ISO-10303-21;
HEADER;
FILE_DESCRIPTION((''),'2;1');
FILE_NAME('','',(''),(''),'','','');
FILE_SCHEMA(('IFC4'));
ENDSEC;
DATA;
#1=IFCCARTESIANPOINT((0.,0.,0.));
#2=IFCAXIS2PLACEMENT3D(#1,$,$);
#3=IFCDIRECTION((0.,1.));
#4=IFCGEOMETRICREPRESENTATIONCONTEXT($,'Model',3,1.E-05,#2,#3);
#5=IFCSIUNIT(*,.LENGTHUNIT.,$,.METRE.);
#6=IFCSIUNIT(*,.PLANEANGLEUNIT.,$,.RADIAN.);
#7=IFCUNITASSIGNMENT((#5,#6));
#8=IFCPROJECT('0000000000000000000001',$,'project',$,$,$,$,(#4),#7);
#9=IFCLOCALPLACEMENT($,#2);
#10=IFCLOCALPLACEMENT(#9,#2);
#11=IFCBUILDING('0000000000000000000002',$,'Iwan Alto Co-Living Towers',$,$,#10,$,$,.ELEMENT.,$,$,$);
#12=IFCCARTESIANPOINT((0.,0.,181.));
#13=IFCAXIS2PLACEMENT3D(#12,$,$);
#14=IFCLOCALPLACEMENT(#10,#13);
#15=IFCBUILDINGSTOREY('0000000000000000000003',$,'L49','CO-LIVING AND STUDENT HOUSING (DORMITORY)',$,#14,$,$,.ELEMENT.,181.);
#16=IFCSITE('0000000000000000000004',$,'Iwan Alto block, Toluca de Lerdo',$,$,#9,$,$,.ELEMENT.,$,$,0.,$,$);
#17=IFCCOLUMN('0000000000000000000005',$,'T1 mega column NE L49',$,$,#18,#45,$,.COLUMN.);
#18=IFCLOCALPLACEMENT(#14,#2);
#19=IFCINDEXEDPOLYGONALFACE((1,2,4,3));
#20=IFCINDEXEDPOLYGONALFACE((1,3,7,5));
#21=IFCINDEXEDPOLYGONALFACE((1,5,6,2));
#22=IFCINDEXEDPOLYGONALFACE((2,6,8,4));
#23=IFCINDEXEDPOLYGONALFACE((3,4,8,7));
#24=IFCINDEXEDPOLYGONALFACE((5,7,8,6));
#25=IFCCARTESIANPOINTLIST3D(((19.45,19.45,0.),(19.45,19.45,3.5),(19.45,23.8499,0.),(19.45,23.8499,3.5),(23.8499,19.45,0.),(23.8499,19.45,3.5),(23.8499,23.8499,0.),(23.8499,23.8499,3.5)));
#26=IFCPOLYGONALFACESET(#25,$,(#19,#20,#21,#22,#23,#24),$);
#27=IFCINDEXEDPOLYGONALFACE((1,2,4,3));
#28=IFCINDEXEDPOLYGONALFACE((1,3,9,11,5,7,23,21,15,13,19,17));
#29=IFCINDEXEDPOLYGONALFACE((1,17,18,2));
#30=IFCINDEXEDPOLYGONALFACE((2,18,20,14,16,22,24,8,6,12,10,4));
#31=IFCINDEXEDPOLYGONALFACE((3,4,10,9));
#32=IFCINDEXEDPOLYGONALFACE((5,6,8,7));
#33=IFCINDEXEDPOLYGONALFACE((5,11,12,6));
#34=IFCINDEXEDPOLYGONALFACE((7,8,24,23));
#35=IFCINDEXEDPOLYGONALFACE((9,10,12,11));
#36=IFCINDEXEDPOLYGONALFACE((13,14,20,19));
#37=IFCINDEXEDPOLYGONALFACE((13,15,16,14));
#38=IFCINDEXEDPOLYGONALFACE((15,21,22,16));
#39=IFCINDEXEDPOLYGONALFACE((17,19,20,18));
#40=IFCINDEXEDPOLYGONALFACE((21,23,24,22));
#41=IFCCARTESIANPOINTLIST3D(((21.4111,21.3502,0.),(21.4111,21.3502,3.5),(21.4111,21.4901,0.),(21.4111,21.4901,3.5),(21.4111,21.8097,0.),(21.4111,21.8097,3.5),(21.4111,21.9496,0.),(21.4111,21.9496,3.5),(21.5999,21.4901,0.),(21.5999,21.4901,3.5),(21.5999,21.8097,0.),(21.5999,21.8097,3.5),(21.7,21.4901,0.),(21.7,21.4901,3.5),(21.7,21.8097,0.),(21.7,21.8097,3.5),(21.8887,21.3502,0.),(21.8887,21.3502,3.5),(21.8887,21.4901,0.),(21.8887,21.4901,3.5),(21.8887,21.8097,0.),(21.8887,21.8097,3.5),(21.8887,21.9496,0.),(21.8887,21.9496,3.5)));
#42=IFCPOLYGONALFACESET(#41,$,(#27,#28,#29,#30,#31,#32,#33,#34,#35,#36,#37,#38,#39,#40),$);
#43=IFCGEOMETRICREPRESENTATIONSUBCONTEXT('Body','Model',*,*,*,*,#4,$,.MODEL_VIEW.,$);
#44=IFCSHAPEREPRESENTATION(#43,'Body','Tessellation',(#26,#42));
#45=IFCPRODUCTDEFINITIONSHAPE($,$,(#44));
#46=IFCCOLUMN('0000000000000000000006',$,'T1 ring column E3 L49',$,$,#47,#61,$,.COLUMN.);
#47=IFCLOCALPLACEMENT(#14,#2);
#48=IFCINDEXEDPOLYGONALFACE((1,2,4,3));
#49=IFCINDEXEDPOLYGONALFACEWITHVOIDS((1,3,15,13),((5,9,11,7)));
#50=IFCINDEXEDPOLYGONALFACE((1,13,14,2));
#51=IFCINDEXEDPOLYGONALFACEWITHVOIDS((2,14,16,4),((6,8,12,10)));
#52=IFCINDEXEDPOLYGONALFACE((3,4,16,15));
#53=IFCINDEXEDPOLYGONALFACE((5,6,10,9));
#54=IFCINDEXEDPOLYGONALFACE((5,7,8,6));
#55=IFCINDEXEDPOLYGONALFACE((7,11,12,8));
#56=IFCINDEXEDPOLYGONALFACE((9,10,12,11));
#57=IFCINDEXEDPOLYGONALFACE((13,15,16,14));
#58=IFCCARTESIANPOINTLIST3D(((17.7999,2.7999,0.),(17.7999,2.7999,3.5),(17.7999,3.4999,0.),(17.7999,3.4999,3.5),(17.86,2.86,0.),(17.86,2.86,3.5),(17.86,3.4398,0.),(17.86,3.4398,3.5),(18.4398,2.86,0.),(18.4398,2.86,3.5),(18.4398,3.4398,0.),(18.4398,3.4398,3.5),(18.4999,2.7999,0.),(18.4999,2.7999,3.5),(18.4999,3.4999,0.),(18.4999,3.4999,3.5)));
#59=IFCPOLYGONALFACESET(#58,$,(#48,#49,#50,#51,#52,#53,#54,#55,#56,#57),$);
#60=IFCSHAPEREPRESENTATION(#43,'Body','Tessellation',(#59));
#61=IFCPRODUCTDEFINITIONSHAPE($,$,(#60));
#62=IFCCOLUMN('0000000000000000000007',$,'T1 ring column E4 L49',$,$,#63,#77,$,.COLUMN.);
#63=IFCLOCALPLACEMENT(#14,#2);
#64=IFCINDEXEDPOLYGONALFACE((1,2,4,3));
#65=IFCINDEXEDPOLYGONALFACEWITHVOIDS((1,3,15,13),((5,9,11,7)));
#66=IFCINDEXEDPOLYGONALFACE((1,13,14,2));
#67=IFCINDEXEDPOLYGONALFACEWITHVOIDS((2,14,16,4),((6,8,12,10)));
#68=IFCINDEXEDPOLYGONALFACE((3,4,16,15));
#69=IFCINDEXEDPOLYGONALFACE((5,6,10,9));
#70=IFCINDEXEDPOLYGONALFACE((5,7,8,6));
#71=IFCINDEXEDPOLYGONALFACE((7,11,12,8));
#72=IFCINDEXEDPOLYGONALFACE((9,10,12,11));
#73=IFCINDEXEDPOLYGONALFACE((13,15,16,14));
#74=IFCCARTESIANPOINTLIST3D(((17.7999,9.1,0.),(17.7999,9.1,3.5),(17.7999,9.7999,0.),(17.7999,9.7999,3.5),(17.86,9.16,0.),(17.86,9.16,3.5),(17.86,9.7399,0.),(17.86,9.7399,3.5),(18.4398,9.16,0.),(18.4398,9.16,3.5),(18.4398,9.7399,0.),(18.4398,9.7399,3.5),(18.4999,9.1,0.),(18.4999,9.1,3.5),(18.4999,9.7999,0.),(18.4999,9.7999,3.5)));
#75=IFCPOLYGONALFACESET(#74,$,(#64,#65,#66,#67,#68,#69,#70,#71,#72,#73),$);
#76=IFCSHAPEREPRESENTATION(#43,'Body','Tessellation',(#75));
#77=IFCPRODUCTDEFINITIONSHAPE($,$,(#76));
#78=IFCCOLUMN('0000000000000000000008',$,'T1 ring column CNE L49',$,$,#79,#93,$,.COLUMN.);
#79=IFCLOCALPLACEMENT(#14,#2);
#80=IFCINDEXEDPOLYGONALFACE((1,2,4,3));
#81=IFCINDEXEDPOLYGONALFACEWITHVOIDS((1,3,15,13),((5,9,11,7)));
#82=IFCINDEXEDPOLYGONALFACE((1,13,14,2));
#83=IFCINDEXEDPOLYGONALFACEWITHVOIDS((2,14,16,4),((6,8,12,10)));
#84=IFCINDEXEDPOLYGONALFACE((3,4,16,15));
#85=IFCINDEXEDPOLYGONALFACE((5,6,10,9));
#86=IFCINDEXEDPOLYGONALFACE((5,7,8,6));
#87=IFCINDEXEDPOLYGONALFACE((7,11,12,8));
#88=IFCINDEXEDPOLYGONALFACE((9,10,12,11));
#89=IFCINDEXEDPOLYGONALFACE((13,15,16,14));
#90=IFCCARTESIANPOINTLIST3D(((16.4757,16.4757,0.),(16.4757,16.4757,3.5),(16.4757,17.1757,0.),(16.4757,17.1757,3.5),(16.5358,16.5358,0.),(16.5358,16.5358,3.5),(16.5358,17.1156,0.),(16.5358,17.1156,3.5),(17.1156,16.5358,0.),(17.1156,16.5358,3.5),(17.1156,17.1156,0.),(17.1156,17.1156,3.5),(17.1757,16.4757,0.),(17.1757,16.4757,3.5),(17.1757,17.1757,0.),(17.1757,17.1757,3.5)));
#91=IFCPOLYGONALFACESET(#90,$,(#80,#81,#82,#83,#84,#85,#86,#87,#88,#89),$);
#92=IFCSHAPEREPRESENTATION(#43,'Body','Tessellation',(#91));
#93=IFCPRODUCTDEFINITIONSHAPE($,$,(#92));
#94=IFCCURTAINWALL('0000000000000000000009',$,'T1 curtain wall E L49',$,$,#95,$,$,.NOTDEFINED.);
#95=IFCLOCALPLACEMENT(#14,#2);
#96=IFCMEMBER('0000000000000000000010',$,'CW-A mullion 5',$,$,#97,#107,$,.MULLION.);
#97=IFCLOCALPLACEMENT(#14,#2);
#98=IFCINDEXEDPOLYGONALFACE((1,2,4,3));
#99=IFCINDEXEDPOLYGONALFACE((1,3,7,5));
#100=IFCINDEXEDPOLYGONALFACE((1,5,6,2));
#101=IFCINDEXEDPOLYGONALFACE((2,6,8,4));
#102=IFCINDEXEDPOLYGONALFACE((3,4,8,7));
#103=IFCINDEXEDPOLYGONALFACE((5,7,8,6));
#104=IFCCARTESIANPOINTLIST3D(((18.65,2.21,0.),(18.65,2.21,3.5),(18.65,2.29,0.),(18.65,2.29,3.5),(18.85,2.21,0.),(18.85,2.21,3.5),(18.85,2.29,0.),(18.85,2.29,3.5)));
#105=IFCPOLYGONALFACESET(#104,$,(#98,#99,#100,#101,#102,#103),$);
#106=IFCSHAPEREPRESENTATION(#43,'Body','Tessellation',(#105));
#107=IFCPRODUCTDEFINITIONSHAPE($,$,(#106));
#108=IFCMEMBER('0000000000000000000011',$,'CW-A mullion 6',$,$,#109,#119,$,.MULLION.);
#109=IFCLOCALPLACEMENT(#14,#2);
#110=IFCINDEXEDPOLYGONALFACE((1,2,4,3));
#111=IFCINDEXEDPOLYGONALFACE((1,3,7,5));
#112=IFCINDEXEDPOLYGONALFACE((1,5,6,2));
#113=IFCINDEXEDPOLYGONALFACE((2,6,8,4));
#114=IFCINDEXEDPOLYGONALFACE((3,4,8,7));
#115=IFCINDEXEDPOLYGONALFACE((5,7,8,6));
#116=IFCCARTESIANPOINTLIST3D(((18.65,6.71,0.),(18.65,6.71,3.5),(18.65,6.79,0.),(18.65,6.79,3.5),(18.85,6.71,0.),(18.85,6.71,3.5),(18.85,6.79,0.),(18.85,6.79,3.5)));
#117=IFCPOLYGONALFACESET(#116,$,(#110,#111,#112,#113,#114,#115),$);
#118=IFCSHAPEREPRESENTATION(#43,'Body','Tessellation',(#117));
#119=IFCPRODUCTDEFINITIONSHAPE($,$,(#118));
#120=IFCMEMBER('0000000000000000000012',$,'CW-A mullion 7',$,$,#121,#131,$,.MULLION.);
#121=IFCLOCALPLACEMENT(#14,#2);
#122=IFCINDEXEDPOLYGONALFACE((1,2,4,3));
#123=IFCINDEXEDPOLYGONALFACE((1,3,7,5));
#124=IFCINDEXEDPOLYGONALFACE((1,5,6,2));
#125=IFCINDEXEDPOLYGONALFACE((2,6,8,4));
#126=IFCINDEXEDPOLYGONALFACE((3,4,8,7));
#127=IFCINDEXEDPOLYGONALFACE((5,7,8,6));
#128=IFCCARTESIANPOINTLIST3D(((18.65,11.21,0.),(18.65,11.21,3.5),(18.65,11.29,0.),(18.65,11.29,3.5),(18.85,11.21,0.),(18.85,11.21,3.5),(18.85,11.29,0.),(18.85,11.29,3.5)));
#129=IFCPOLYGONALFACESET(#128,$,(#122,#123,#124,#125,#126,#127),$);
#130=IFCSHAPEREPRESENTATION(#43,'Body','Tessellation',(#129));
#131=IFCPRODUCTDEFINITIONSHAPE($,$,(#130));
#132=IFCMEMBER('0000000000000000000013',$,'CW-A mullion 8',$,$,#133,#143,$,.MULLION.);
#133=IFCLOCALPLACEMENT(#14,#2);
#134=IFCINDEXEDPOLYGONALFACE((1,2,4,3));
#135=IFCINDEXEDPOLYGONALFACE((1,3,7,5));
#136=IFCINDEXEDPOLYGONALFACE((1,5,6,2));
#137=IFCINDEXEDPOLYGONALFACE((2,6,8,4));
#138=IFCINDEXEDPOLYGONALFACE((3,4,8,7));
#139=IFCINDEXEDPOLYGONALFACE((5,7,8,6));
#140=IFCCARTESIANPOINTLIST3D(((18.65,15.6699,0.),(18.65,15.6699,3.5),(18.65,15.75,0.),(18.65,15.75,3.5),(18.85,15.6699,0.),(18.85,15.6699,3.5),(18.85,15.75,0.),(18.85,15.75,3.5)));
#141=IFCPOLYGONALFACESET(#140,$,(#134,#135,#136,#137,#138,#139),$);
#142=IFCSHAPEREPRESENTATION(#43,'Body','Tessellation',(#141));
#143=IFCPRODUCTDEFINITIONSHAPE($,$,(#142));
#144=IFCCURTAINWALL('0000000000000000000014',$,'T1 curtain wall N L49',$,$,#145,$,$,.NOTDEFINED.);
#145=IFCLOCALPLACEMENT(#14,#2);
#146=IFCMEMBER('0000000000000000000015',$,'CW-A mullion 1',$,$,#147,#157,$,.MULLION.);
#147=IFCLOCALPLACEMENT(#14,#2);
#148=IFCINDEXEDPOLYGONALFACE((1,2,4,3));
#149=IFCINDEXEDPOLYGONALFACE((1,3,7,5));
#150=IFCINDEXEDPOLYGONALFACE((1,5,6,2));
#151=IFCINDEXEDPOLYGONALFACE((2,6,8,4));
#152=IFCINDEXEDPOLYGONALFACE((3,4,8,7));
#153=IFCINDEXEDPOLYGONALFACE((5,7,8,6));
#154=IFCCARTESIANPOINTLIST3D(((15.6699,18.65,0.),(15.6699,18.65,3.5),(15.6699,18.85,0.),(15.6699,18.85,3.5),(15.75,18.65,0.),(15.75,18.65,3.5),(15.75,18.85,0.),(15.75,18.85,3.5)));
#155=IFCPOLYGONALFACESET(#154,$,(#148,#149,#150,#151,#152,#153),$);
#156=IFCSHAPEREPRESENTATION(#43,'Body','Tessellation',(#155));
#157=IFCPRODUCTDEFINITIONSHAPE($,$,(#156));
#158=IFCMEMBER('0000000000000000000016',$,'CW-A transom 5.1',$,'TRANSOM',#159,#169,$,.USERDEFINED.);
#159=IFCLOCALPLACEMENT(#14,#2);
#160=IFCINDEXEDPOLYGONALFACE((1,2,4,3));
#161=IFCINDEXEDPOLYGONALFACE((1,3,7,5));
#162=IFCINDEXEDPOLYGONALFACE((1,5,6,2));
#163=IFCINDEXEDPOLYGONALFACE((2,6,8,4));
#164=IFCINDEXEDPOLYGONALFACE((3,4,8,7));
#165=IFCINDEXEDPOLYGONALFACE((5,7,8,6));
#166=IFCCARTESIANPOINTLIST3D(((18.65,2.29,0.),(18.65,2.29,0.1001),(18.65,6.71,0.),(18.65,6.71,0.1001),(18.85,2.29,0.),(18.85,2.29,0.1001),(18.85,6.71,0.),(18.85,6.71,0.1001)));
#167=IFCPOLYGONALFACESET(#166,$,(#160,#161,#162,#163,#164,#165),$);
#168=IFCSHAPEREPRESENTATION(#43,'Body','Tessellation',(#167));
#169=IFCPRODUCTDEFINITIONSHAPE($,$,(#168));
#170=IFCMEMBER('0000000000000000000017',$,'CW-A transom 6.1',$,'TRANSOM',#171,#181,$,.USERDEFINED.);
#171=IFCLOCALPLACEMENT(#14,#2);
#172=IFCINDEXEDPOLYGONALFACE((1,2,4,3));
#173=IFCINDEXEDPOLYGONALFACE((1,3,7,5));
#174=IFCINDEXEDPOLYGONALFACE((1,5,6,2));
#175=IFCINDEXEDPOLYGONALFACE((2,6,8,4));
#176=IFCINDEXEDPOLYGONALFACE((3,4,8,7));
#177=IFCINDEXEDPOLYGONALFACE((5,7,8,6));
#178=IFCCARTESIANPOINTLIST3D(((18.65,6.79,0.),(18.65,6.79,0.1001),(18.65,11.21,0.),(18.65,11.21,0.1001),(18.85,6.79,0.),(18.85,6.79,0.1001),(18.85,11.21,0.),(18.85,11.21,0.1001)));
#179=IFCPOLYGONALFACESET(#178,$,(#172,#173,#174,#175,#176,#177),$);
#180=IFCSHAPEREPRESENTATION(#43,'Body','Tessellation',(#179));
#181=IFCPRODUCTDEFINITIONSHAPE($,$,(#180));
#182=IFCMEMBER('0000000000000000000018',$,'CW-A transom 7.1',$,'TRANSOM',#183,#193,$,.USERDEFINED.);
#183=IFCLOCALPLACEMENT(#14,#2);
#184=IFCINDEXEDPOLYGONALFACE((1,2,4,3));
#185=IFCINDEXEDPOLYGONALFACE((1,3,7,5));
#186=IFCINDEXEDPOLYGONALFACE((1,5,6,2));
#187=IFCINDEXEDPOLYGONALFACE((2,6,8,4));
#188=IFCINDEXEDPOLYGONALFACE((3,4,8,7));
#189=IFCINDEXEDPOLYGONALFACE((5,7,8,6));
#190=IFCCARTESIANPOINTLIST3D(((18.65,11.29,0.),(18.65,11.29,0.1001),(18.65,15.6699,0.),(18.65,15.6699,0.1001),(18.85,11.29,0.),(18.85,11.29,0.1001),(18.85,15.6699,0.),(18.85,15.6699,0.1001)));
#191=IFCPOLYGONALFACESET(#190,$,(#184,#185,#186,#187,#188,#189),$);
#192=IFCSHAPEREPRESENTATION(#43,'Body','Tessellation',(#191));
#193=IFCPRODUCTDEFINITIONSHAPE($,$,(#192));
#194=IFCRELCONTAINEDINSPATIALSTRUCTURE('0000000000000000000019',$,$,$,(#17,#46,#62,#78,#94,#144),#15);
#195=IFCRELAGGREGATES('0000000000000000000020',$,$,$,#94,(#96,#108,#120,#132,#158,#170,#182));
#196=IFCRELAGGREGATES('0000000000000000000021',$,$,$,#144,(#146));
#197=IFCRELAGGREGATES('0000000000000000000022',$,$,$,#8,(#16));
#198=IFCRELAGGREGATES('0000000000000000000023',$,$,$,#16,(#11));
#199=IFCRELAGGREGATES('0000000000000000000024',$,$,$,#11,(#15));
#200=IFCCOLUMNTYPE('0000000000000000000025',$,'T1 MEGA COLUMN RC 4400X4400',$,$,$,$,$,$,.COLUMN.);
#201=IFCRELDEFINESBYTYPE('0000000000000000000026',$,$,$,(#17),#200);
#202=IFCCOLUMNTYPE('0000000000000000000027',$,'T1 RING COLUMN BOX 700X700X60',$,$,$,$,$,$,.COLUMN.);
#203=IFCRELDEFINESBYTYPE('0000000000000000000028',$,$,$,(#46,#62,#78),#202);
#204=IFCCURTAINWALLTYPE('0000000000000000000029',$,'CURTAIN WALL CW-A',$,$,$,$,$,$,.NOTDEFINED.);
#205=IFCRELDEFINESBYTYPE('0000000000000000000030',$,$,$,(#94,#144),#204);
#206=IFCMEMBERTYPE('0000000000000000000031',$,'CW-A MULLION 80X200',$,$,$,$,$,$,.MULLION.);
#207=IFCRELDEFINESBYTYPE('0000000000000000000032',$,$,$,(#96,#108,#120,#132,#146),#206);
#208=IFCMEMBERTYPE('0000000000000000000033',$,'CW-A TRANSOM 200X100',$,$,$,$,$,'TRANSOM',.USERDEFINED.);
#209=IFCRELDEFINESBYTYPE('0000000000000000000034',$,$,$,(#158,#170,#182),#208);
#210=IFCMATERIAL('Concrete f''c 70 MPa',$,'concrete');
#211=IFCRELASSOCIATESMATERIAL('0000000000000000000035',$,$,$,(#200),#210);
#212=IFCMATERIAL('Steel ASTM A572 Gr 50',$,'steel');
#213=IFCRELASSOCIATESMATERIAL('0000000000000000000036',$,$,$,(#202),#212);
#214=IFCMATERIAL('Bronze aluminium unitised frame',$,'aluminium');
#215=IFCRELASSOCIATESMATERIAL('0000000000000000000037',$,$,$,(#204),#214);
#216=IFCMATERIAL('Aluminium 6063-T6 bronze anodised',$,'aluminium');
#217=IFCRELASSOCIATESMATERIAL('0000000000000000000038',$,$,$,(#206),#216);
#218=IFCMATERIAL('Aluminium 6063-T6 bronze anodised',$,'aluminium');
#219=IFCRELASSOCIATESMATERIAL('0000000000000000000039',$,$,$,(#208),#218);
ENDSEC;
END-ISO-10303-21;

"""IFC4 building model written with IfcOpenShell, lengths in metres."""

from ifc_helpers import new_model, si_unit, direction, frame, origin, origin_2d, place, context, subcontext, project, spatial, rectangle, hollow_rectangle, i_section, extrude, material, material_profile, profile_set, type_object, element, aggregate, save


model = new_model("IFC4")

# Units and contexts
model_context = context("Model", 3, precision=1e-05, world=origin(), true_north=direction((0.0, 1.0)))
body_context = subcontext(model_context, "Body", "Model", "MODEL_VIEW")
ifc_project = project(units=[si_unit("LENGTHUNIT", "METRE"), si_unit("PLANEANGLEUNIT", "RADIAN")], contexts=[model_context])

# Site, building, storey
site_placement = place(None, origin())
site = spatial("IfcSite", under=ifc_project, at=site_placement, Name="Iwan Alto block, Toluca de Lerdo", CompositionType="ELEMENT", RefElevation=0.0)
building_placement = place(site_placement, origin())
building = spatial("IfcBuilding", under=site, at=building_placement, Name="Iwan Alto Co-Living Towers", CompositionType="ELEMENT")
storey_placement = place(building_placement, frame((0.0, 0.0, 181.0)))
storey = spatial("IfcBuildingStorey", under=building, at=storey_placement, Name="L49", Description="CO-LIVING AND STUDENT HOUSING (DORMITORY)", CompositionType="ELEMENT", Elevation=181.0)

# Columns
ifc_material_1 = material(Name="Concrete f'c 70 MPa", Category="concrete")
ifc_material_profile_1 = material_profile(ifc_material_1, rectangle(XDim=4.3999, YDim=4.3999, at=origin_2d()), Name="RC 4400X4400")
ifc_profile_set_1 = profile_set([ifc_material_profile_1], Name="Concrete f'c 70 MPa")
column_type_1 = type_object("IfcColumnType", Name="T1 MEGA COLUMN RC 4400X4400", PredefinedType="COLUMN", material=ifc_profile_set_1)
column_placement = place(storey_placement, frame((21.6499, 21.6499, 0.0), z_axis=(0.0, 0.0, 1.0), x_axis=(1.0, 0.0, 0.0)))
element("IfcColumn", 1, at=column_placement, inside=storey, type_object=column_type_1, Name="T1 mega column NE L49", PredefinedType="COLUMN", context=body_context, shape_type="SweptSolid", body=[
    extrude(rectangle(XDim=4.3999, YDim=4.3999, at=origin_2d()), origin(), (0.0, 0.0, 1.0), 3.5),
    extrude(i_section(OverallWidth=0.4775, OverallDepth=0.5994, WebThickness=0.1001, FlangeThickness=0.1399, at=origin_2d()), origin(), (0.0, 0.0, 1.0), 3.5),
])
ifc_material_2 = material(Name="Steel ASTM A572 Gr 50", Category="steel")
ifc_material_profile_2 = material_profile(ifc_material_2, hollow_rectangle(XDim=0.7, YDim=0.7, WallThickness=0.0601, at=origin_2d()), Name="BOX 700X700X60")
ifc_profile_set_2 = profile_set([ifc_material_profile_2], Name="Steel ASTM A572 Gr 50")
column_type_2 = type_object("IfcColumnType", Name="T1 RING COLUMN BOX 700X700X60", PredefinedType="COLUMN", material=ifc_profile_set_2)
for number, where, z_axis, x_axis, name in (
    (2, (18.1499, 3.1499, 0.0), (0.0, 0.0, 1.0), (1.0, 0.0, 0.0), "T1 ring column E3 L49"),
    (3, (18.1499, 9.45, 0.0), (0.0, 0.0, 1.0), (1.0, 0.0, 0.0), "T1 ring column E4 L49"),
    (4, (16.8257, 16.8257, 0.0), (0.0, 0.0, 1.0), (1.0, 0.0, 0.0), "T1 ring column CNE L49"),
):
    element("IfcColumn", number, at=place(storey_placement, frame(where, z_axis=z_axis, x_axis=x_axis)), inside=storey, type_object=column_type_2, Name=name, PredefinedType="COLUMN", context=body_context, shape_type="SweptSolid", body=[
        extrude(hollow_rectangle(XDim=0.7, YDim=0.7, WallThickness=0.0601, at=origin_2d()), origin(), (0.0, 0.0, 1.0), 3.5),
    ])

# Curtain wall, members
ifc_material_3 = material(Name="Bronze aluminium unitised frame", Category="aluminium")
curtain_wall_type_1 = type_object("IfcCurtainWallType", Name="CURTAIN WALL CW-A", PredefinedType="NOTDEFINED", material=ifc_material_3)
curtain_wall_1_placement = place(storey_placement, origin())
curtain_wall_1 = element("IfcCurtainWall", 5, at=curtain_wall_1_placement, inside=storey, type_object=curtain_wall_type_1, Name="T1 curtain wall E L49", PredefinedType="NOTDEFINED")
ifc_material_4 = material(Name="Aluminium 6063-T6 bronze anodised", Category="aluminium")
ifc_material_profile_3 = material_profile(ifc_material_4, rectangle(XDim=0.2, YDim=0.0801, at=origin_2d()), Name="AL 80X200")
ifc_profile_set_3 = profile_set([ifc_material_profile_3], Name="Aluminium 6063-T6 bronze anodised")
member_type_1 = type_object("IfcMemberType", Name="CW-A MULLION 80X200", PredefinedType="MULLION", material=ifc_profile_set_3)
member_1_placement = place(storey_placement, frame((18.75, 2.25, 0.0), z_axis=(0.0, 0.0, 1.0), x_axis=(-1.0, 0.0, 0.0)))
member_1 = element("IfcMember", 6, at=member_1_placement, type_object=member_type_1, Name="CW-A mullion 5", PredefinedType="MULLION", context=body_context, shape_type="SweptSolid", body=[
    extrude(rectangle(XDim=0.2, YDim=0.0801, at=origin_2d()), origin(), (0.0, 0.0, 1.0), 3.5),
])
member_2_placement = place(storey_placement, frame((18.75, 6.75, 0.0), z_axis=(0.0, 0.0, 1.0), x_axis=(-1.0, 0.0, 0.0)))
member_2 = element("IfcMember", 7, at=member_2_placement, type_object=member_type_1, Name="CW-A mullion 6", PredefinedType="MULLION", context=body_context, shape_type="SweptSolid", body=[
    extrude(rectangle(XDim=0.2, YDim=0.0801, at=origin_2d()), origin(), (0.0, 0.0, 1.0), 3.5),
])
member_3_placement = place(storey_placement, frame((18.75, 11.25, 0.0), z_axis=(0.0, 0.0, 1.0), x_axis=(-1.0, 0.0, 0.0)))
member_3 = element("IfcMember", 8, at=member_3_placement, type_object=member_type_1, Name="CW-A mullion 7", PredefinedType="MULLION", context=body_context, shape_type="SweptSolid", body=[
    extrude(rectangle(XDim=0.2, YDim=0.0801, at=origin_2d()), origin(), (0.0, 0.0, 1.0), 3.5),
])
member_4_placement = place(storey_placement, frame((18.75, 15.71, 0.0), z_axis=(0.0, 0.0, 1.0), x_axis=(-1.0, 0.0, 0.0)))
member_4 = element("IfcMember", 9, at=member_4_placement, type_object=member_type_1, Name="CW-A mullion 8", PredefinedType="MULLION", context=body_context, shape_type="SweptSolid", body=[
    extrude(rectangle(XDim=0.2, YDim=0.0801, at=origin_2d()), origin(), (0.0, 0.0, 1.0), 3.5),
])

# Curtain wall, member
curtain_wall_2_placement = place(storey_placement, origin())
curtain_wall_2 = element("IfcCurtainWall", 10, at=curtain_wall_2_placement, inside=storey, type_object=curtain_wall_type_1, Name="T1 curtain wall N L49", PredefinedType="NOTDEFINED")
member_5_placement = place(storey_placement, frame((15.71, 18.75, 0.0), z_axis=(0.0, 0.0, 1.0), x_axis=(0.0, -1.0, 0.0)))
member_5 = element("IfcMember", 11, at=member_5_placement, type_object=member_type_1, Name="CW-A mullion 1", PredefinedType="MULLION", context=body_context, shape_type="SweptSolid", body=[
    extrude(rectangle(XDim=0.2, YDim=0.0801, at=origin_2d()), origin(), (0.0, 0.0, 1.0), 3.5),
])

# Members
ifc_material_5 = material(Name="Aluminium 6063-T6 bronze anodised", Category="aluminium")
ifc_material_profile_4 = material_profile(ifc_material_5, rectangle(XDim=0.2, YDim=0.1001, at=origin_2d()), Name="AL 200X100")
ifc_profile_set_4 = profile_set([ifc_material_profile_4], Name="Aluminium 6063-T6 bronze anodised")
member_type_2 = type_object("IfcMemberType", Name="CW-A TRANSOM 200X100", ElementType="TRANSOM", PredefinedType="USERDEFINED", material=ifc_profile_set_4)
member_6_placement = place(storey_placement, frame((18.75, 2.29, 0.05), z_axis=(0.0, 1.0, 0.0), x_axis=(-1.0, 0.0, 0.0)))
member_6 = element("IfcMember", 12, at=member_6_placement, type_object=member_type_2, Name="CW-A transom 5.1", ObjectType="TRANSOM", PredefinedType="USERDEFINED", context=body_context, shape_type="SweptSolid", body=[
    extrude(rectangle(XDim=0.2, YDim=0.1001, at=origin_2d()), origin(), (0.0, 0.0, 1.0), 4.4199),
])
member_7_placement = place(storey_placement, frame((18.75, 6.79, 0.05), z_axis=(0.0, 1.0, 0.0), x_axis=(-1.0, 0.0, 0.0)))
member_7 = element("IfcMember", 13, at=member_7_placement, type_object=member_type_2, Name="CW-A transom 6.1", ObjectType="TRANSOM", PredefinedType="USERDEFINED", context=body_context, shape_type="SweptSolid", body=[
    extrude(rectangle(XDim=0.2, YDim=0.1001, at=origin_2d()), origin(), (0.0, 0.0, 1.0), 4.4199),
])
member_8_placement = place(storey_placement, frame((18.75, 11.29, 0.05), z_axis=(0.0, 1.0, 0.0), x_axis=(-1.0, 0.0, 0.0)))
member_8 = element("IfcMember", 14, at=member_8_placement, type_object=member_type_2, Name="CW-A transom 7.1", ObjectType="TRANSOM", PredefinedType="USERDEFINED", context=body_context, shape_type="SweptSolid", body=[
    extrude(rectangle(XDim=0.2, YDim=0.1001, at=origin_2d()), origin(), (0.0, 0.0, 1.0), 4.3799),
])

aggregate(curtain_wall_1, [member_1, member_2, member_3, member_4, member_6, member_7, member_8])
aggregate(curtain_wall_2, [member_5])

save(model, "model.ifc")
